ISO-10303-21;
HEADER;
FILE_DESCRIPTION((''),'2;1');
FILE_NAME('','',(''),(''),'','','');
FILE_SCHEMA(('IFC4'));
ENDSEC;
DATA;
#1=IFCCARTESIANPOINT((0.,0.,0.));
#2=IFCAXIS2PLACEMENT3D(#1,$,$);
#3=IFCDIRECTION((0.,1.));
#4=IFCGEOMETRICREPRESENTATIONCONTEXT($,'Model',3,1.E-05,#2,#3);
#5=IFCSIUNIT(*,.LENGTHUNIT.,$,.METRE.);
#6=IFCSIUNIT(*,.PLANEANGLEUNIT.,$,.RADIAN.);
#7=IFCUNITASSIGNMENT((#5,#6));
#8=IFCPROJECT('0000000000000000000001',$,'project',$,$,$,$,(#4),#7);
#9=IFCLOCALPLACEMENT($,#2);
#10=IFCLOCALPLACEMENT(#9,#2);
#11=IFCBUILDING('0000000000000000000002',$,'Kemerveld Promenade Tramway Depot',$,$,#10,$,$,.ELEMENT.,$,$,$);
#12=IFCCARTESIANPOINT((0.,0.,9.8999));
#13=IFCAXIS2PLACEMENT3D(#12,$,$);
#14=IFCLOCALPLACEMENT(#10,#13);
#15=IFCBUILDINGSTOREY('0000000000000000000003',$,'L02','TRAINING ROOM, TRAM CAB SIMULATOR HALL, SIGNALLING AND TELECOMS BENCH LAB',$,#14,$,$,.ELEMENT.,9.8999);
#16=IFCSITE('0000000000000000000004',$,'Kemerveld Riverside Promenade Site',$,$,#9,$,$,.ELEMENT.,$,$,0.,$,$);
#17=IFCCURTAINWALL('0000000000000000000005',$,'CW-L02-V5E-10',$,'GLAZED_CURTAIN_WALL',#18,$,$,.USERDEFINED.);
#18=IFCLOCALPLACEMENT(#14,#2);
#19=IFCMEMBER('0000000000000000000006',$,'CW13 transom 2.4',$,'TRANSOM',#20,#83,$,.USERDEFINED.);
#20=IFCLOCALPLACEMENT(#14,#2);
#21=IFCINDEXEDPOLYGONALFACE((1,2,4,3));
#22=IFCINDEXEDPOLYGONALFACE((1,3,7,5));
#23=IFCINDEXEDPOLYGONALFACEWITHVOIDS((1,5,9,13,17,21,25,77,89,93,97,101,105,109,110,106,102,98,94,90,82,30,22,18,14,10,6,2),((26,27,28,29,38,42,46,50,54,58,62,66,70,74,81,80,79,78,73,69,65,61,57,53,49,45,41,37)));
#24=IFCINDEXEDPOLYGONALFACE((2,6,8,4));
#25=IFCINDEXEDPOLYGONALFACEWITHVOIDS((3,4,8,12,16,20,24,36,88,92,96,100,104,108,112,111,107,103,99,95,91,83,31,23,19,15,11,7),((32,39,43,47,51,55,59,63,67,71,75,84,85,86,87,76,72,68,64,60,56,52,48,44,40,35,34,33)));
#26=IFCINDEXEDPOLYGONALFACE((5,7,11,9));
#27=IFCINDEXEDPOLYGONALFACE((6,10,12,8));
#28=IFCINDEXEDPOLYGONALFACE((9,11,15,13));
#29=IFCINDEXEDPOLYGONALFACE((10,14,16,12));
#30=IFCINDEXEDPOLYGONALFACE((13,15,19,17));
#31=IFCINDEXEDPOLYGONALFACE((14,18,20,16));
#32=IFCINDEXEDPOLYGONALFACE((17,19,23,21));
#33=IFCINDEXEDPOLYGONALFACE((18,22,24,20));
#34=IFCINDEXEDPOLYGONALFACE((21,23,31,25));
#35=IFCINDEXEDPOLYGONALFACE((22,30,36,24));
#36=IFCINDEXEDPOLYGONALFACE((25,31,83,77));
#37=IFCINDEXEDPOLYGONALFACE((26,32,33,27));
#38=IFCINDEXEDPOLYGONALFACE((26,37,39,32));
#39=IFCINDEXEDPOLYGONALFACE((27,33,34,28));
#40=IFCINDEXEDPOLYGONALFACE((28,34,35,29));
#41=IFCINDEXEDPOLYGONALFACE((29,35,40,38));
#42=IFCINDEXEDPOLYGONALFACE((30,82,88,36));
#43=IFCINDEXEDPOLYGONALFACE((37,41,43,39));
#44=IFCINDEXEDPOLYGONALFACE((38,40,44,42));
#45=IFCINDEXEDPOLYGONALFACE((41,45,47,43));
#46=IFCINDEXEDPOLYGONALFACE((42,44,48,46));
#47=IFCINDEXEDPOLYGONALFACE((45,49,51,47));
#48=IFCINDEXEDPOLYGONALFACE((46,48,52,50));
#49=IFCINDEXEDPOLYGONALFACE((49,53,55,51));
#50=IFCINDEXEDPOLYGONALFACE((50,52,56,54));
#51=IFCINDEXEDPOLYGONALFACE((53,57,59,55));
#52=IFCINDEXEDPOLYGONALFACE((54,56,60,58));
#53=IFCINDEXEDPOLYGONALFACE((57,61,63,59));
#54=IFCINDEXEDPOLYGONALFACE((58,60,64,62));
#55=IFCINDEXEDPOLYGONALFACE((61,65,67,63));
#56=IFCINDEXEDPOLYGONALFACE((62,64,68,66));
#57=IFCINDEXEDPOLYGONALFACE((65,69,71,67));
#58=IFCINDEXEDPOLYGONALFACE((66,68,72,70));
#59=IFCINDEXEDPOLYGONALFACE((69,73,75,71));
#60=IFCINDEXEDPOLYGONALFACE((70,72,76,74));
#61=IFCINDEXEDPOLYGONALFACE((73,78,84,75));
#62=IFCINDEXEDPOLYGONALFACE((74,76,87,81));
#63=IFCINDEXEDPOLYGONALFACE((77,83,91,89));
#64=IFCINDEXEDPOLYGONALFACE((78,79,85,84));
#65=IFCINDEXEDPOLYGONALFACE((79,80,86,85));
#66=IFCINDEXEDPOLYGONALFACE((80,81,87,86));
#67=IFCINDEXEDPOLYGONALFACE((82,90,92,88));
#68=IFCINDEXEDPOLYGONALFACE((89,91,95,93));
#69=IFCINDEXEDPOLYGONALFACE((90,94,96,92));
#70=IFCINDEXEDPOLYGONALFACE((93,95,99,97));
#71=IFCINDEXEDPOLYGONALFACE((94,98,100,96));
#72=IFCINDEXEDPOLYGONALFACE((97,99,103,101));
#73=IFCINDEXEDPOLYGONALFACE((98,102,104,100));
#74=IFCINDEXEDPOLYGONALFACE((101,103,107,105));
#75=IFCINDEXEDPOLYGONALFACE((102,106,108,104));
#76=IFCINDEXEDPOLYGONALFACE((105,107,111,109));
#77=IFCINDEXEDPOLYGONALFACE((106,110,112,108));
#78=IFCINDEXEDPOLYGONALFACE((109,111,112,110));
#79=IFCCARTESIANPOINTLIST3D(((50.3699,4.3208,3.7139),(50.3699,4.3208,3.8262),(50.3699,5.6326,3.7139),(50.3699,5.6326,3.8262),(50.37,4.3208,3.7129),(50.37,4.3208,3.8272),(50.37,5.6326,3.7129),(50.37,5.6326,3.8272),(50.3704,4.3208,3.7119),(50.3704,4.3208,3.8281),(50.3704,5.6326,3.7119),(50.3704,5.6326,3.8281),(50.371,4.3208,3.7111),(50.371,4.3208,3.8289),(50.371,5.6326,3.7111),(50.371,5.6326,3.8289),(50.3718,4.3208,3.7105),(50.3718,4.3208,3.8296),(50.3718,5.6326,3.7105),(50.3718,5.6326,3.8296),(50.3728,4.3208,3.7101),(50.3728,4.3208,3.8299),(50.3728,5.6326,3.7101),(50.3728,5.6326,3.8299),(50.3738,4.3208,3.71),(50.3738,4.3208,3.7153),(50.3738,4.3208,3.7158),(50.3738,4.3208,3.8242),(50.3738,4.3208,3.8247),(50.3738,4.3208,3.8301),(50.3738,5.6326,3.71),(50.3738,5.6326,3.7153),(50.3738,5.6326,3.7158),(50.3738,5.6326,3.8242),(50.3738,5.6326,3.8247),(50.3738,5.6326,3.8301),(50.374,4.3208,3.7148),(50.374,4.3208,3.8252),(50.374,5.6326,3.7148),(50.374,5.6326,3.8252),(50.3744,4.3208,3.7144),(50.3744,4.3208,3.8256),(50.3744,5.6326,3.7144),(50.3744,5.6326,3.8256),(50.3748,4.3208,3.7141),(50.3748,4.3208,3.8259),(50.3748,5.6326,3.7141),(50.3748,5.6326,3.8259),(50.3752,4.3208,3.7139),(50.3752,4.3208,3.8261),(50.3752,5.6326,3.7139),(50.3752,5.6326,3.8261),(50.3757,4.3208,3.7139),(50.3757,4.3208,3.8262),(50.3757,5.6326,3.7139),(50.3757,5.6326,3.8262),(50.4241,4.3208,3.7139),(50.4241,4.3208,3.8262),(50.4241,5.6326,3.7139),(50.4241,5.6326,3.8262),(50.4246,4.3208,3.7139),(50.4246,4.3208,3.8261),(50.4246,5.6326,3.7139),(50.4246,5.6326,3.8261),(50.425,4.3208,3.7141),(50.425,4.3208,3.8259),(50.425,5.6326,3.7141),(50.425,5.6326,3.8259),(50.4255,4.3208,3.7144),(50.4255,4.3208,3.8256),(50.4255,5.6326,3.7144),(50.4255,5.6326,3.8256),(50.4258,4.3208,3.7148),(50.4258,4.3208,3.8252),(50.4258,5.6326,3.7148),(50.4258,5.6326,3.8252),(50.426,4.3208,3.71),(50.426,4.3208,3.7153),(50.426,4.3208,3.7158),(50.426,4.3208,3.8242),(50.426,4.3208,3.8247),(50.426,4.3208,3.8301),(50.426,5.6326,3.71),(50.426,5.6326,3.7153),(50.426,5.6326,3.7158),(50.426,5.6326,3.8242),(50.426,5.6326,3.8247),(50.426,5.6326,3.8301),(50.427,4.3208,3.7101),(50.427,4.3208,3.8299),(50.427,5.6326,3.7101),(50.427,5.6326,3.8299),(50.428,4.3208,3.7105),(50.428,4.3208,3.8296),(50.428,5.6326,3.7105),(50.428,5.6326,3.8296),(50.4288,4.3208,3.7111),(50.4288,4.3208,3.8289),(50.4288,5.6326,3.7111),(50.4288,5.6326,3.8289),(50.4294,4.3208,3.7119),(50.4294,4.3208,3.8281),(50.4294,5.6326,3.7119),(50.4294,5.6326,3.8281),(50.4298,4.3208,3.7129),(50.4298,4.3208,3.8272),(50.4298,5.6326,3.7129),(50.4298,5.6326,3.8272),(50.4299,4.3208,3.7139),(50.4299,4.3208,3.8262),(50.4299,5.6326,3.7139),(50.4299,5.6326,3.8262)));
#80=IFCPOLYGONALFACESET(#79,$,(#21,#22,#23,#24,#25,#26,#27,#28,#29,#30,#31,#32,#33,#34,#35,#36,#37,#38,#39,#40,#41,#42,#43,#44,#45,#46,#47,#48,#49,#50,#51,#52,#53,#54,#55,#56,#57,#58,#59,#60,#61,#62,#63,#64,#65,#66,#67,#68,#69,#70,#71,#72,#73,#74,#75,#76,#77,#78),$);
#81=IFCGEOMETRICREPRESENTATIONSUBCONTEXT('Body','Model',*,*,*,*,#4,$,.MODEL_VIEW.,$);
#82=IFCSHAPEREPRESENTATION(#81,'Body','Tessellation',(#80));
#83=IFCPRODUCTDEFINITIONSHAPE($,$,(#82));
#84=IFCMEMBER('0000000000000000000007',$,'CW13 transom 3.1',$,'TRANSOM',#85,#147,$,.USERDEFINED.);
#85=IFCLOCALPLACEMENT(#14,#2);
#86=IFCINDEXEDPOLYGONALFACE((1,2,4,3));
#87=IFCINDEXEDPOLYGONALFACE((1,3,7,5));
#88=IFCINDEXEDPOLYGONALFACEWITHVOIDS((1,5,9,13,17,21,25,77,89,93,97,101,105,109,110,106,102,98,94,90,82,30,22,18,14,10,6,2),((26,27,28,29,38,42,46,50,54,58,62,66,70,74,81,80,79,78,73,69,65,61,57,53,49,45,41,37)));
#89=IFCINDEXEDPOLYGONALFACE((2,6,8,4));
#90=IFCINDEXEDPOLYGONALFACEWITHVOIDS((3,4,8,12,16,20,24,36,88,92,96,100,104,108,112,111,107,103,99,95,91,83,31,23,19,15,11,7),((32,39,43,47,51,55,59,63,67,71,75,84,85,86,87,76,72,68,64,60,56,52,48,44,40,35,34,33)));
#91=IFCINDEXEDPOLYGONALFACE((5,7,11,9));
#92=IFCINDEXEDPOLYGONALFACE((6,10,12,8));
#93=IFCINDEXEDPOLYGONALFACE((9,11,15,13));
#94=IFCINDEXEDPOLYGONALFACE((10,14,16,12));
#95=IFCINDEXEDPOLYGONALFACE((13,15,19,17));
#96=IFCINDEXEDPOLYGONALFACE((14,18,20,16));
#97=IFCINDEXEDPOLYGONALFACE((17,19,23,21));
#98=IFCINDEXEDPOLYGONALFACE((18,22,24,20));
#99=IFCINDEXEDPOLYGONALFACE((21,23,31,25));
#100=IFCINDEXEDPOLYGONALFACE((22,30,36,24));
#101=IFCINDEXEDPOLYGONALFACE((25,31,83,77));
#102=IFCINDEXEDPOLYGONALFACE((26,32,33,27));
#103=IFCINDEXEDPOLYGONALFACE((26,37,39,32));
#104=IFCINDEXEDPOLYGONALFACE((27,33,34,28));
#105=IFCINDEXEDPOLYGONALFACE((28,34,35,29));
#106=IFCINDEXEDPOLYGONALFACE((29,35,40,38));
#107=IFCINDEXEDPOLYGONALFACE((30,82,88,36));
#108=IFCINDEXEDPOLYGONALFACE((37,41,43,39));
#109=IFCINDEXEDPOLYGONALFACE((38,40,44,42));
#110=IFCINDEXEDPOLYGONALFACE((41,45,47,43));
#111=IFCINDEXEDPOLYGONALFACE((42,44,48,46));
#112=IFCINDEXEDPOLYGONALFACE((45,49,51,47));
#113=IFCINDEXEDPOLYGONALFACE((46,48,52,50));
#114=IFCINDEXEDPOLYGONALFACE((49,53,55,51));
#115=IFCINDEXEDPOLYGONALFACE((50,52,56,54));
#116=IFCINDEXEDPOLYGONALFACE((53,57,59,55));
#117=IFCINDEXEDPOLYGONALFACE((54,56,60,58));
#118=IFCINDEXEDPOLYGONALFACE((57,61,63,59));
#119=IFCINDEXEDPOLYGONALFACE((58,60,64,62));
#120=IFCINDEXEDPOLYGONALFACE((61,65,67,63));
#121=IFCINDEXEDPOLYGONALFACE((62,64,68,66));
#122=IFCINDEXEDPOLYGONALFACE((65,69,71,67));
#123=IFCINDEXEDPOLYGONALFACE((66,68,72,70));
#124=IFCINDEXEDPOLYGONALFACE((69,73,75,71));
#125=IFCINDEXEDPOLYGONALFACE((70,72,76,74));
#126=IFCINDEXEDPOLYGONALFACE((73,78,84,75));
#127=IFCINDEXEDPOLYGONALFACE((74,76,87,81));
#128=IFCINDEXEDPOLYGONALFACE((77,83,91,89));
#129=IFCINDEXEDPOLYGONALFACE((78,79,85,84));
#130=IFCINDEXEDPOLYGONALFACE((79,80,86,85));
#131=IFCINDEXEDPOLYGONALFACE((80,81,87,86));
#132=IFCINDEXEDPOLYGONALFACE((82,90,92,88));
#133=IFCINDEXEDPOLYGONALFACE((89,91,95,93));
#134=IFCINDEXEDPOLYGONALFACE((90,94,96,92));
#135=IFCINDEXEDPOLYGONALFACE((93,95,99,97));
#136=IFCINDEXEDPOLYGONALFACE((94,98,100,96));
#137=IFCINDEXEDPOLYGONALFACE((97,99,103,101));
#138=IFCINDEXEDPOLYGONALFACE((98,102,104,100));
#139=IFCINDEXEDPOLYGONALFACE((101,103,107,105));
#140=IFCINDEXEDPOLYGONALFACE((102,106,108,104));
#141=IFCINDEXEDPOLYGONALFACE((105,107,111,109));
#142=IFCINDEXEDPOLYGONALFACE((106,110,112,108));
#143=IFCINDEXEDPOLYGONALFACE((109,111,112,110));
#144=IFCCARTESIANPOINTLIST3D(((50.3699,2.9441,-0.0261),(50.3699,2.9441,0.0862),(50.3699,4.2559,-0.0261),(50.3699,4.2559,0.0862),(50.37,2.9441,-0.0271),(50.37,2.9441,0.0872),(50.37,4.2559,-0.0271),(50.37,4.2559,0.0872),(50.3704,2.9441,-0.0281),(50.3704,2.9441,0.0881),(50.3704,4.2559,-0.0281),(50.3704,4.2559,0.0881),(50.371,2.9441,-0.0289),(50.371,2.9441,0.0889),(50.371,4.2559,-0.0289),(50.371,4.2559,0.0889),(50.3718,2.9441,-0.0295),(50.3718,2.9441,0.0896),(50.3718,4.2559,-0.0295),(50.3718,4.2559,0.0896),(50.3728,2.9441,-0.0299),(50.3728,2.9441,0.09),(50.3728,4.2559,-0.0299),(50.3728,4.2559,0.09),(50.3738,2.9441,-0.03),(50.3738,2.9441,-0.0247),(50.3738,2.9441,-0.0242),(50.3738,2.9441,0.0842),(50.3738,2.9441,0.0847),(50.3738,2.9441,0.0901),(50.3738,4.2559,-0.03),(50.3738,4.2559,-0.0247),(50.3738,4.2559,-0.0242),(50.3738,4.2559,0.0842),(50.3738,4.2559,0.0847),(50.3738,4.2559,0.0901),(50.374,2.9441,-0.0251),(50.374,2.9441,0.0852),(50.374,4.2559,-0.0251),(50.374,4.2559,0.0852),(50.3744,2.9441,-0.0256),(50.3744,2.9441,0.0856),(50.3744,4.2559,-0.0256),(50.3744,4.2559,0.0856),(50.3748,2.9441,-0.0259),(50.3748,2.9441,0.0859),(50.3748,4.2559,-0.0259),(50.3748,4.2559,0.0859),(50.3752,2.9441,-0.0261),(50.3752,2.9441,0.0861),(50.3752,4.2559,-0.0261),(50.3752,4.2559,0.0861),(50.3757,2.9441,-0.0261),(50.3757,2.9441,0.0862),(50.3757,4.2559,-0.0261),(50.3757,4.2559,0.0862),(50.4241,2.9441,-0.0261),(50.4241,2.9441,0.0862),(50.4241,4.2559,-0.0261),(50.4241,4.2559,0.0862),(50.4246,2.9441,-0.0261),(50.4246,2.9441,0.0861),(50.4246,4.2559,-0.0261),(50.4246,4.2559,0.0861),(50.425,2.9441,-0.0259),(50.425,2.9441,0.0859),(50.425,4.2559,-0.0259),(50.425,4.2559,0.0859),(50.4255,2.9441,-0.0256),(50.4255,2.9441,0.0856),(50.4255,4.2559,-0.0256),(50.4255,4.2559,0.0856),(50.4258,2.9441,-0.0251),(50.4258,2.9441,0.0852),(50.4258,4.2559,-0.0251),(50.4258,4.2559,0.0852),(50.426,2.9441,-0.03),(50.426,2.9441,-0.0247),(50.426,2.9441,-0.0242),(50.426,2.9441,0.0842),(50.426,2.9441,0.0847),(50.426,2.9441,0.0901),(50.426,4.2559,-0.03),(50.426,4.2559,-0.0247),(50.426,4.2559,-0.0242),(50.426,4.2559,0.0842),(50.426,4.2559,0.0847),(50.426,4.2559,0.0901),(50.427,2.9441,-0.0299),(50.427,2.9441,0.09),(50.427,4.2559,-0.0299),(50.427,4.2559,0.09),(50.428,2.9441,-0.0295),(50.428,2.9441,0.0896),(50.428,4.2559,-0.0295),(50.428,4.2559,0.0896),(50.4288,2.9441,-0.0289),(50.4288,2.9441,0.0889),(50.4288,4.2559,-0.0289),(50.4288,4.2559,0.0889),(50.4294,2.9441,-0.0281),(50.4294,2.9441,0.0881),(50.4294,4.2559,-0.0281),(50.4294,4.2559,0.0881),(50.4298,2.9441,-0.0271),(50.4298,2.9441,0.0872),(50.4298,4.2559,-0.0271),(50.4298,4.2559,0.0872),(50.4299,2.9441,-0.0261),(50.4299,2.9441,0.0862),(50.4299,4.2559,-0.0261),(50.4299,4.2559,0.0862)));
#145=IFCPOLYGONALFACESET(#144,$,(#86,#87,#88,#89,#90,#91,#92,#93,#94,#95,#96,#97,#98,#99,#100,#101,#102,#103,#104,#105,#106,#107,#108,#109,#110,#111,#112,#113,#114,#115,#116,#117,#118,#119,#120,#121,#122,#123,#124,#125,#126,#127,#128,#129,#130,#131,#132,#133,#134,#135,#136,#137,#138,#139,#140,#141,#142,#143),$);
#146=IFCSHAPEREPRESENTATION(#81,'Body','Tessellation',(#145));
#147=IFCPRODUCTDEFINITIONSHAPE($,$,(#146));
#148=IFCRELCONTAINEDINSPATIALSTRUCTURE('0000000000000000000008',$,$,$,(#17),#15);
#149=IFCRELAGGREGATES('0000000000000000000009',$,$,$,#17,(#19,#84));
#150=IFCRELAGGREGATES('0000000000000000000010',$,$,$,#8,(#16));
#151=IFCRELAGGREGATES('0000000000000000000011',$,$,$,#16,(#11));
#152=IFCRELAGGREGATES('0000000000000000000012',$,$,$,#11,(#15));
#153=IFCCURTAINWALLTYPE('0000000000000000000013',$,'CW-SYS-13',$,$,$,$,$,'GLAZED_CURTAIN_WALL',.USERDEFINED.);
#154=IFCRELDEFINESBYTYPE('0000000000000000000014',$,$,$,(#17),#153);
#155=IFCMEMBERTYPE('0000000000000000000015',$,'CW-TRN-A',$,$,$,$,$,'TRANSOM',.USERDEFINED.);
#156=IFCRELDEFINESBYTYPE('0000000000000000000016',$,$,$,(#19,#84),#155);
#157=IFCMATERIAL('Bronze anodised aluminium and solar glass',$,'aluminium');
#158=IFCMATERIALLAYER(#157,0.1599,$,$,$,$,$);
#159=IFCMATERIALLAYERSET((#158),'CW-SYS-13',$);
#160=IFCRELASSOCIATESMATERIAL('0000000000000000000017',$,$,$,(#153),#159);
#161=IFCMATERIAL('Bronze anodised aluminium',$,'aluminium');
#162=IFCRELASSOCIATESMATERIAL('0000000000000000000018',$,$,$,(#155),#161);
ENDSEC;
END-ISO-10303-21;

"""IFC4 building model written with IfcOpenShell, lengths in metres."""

from ifc_helpers import new_model, si_unit, direction, frame, origin, origin_2d, place, context, subcontext, project, spatial, hollow_rectangle, extrude, material, layer, layer_set, material_profile, profile_set, type_object, element, aggregate, save


model = new_model("IFC4")

# Units and contexts
model_context = context("Model", 3, precision=1e-05, world=origin(), true_north=direction((0.0, 1.0)))
body_context = subcontext(model_context, "Body", "Model", "MODEL_VIEW")
ifc_project = project(units=[si_unit("LENGTHUNIT", "METRE"), si_unit("PLANEANGLEUNIT", "RADIAN")], contexts=[model_context])

# Site, building, storey
site_placement = place(None, origin())
site = spatial("IfcSite", under=ifc_project, at=site_placement, Name="Kemerveld Riverside Promenade Site", CompositionType="ELEMENT", RefElevation=0.0)
building_placement = place(site_placement, origin())
building = spatial("IfcBuilding", under=site, at=building_placement, Name="Kemerveld Promenade Tramway Depot", CompositionType="ELEMENT")
storey_placement = place(building_placement, frame((0.0, 0.0, 9.8999)))
storey = spatial("IfcBuildingStorey", under=building, at=storey_placement, Name="L02", Description="TRAINING ROOM, TRAM CAB SIMULATOR HALL, SIGNALLING AND TELECOMS BENCH LAB", CompositionType="ELEMENT", Elevation=9.8999)

# Curtain wall, members
ifc_material_1 = material(Name="Bronze anodised aluminium and solar glass", Category="aluminium")
ifc_layer_1 = layer(ifc_material_1, 0.1599)
ifc_layer_set_1 = layer_set([ifc_layer_1], Name="CW-SYS-13")
curtain_wall_type = type_object("IfcCurtainWallType", Name="CW-SYS-13", ElementType="GLAZED_CURTAIN_WALL", PredefinedType="USERDEFINED", material=ifc_layer_set_1)
curtain_wall_placement = place(storey_placement, origin())
curtain_wall = element("IfcCurtainWall", 1, at=curtain_wall_placement, inside=storey, type_object=curtain_wall_type, Name="CW-L02-V5E-10", ObjectType="GLAZED_CURTAIN_WALL", PredefinedType="USERDEFINED")
ifc_material_2 = material(Name="Bronze anodised aluminium", Category="aluminium")
ifc_material_profile_1 = material_profile(ifc_material_2, hollow_rectangle(XDim=0.0601, YDim=0.1201, WallThickness=0.0039, InnerFilletRadius=0.002, OuterFilletRadius=0.0039, at=origin_2d()), Name="CW-TRN-120x60")
ifc_profile_set_1 = profile_set([ifc_material_profile_1], Name="Bronze anodised aluminium")
member_type_1 = type_object("IfcMemberType", Name="CW-TRN-A", ElementType="TRANSOM", PredefinedType="USERDEFINED", material=ifc_profile_set_1)
member_1_placement = place(storey_placement, frame((50.3999, 5.6326, 3.77), z_axis=(0.0, -1.0, 0.0), x_axis=(1.0, 0.0, 0.0)))
member_1 = element("IfcMember", 2, at=member_1_placement, type_object=member_type_1, Name="CW13 transom 2.4", ObjectType="TRANSOM", PredefinedType="USERDEFINED", context=body_context, shape_type="SweptSolid", body=[
    extrude(hollow_rectangle(XDim=0.0601, YDim=0.1201, WallThickness=0.0039, InnerFilletRadius=0.002, OuterFilletRadius=0.0039, at=origin_2d()), origin(), (0.0, 0.0, 1.0), 1.3118),
])
member_2_placement = place(storey_placement, frame((50.3999, 4.2559, 0.03), z_axis=(0.0, -1.0, 0.0), x_axis=(1.0, 0.0, 0.0)))
member_2 = element("IfcMember", 3, at=member_2_placement, type_object=member_type_1, Name="CW13 transom 3.1", ObjectType="TRANSOM", PredefinedType="USERDEFINED", context=body_context, shape_type="SweptSolid", body=[
    extrude(hollow_rectangle(XDim=0.0601, YDim=0.1201, WallThickness=0.0039, InnerFilletRadius=0.002, OuterFilletRadius=0.0039, at=origin_2d()), origin(), (0.0, 0.0, 1.0), 1.3118),
])
aggregate(curtain_wall, [member_1, member_2])

save(model, "model.ifc")
